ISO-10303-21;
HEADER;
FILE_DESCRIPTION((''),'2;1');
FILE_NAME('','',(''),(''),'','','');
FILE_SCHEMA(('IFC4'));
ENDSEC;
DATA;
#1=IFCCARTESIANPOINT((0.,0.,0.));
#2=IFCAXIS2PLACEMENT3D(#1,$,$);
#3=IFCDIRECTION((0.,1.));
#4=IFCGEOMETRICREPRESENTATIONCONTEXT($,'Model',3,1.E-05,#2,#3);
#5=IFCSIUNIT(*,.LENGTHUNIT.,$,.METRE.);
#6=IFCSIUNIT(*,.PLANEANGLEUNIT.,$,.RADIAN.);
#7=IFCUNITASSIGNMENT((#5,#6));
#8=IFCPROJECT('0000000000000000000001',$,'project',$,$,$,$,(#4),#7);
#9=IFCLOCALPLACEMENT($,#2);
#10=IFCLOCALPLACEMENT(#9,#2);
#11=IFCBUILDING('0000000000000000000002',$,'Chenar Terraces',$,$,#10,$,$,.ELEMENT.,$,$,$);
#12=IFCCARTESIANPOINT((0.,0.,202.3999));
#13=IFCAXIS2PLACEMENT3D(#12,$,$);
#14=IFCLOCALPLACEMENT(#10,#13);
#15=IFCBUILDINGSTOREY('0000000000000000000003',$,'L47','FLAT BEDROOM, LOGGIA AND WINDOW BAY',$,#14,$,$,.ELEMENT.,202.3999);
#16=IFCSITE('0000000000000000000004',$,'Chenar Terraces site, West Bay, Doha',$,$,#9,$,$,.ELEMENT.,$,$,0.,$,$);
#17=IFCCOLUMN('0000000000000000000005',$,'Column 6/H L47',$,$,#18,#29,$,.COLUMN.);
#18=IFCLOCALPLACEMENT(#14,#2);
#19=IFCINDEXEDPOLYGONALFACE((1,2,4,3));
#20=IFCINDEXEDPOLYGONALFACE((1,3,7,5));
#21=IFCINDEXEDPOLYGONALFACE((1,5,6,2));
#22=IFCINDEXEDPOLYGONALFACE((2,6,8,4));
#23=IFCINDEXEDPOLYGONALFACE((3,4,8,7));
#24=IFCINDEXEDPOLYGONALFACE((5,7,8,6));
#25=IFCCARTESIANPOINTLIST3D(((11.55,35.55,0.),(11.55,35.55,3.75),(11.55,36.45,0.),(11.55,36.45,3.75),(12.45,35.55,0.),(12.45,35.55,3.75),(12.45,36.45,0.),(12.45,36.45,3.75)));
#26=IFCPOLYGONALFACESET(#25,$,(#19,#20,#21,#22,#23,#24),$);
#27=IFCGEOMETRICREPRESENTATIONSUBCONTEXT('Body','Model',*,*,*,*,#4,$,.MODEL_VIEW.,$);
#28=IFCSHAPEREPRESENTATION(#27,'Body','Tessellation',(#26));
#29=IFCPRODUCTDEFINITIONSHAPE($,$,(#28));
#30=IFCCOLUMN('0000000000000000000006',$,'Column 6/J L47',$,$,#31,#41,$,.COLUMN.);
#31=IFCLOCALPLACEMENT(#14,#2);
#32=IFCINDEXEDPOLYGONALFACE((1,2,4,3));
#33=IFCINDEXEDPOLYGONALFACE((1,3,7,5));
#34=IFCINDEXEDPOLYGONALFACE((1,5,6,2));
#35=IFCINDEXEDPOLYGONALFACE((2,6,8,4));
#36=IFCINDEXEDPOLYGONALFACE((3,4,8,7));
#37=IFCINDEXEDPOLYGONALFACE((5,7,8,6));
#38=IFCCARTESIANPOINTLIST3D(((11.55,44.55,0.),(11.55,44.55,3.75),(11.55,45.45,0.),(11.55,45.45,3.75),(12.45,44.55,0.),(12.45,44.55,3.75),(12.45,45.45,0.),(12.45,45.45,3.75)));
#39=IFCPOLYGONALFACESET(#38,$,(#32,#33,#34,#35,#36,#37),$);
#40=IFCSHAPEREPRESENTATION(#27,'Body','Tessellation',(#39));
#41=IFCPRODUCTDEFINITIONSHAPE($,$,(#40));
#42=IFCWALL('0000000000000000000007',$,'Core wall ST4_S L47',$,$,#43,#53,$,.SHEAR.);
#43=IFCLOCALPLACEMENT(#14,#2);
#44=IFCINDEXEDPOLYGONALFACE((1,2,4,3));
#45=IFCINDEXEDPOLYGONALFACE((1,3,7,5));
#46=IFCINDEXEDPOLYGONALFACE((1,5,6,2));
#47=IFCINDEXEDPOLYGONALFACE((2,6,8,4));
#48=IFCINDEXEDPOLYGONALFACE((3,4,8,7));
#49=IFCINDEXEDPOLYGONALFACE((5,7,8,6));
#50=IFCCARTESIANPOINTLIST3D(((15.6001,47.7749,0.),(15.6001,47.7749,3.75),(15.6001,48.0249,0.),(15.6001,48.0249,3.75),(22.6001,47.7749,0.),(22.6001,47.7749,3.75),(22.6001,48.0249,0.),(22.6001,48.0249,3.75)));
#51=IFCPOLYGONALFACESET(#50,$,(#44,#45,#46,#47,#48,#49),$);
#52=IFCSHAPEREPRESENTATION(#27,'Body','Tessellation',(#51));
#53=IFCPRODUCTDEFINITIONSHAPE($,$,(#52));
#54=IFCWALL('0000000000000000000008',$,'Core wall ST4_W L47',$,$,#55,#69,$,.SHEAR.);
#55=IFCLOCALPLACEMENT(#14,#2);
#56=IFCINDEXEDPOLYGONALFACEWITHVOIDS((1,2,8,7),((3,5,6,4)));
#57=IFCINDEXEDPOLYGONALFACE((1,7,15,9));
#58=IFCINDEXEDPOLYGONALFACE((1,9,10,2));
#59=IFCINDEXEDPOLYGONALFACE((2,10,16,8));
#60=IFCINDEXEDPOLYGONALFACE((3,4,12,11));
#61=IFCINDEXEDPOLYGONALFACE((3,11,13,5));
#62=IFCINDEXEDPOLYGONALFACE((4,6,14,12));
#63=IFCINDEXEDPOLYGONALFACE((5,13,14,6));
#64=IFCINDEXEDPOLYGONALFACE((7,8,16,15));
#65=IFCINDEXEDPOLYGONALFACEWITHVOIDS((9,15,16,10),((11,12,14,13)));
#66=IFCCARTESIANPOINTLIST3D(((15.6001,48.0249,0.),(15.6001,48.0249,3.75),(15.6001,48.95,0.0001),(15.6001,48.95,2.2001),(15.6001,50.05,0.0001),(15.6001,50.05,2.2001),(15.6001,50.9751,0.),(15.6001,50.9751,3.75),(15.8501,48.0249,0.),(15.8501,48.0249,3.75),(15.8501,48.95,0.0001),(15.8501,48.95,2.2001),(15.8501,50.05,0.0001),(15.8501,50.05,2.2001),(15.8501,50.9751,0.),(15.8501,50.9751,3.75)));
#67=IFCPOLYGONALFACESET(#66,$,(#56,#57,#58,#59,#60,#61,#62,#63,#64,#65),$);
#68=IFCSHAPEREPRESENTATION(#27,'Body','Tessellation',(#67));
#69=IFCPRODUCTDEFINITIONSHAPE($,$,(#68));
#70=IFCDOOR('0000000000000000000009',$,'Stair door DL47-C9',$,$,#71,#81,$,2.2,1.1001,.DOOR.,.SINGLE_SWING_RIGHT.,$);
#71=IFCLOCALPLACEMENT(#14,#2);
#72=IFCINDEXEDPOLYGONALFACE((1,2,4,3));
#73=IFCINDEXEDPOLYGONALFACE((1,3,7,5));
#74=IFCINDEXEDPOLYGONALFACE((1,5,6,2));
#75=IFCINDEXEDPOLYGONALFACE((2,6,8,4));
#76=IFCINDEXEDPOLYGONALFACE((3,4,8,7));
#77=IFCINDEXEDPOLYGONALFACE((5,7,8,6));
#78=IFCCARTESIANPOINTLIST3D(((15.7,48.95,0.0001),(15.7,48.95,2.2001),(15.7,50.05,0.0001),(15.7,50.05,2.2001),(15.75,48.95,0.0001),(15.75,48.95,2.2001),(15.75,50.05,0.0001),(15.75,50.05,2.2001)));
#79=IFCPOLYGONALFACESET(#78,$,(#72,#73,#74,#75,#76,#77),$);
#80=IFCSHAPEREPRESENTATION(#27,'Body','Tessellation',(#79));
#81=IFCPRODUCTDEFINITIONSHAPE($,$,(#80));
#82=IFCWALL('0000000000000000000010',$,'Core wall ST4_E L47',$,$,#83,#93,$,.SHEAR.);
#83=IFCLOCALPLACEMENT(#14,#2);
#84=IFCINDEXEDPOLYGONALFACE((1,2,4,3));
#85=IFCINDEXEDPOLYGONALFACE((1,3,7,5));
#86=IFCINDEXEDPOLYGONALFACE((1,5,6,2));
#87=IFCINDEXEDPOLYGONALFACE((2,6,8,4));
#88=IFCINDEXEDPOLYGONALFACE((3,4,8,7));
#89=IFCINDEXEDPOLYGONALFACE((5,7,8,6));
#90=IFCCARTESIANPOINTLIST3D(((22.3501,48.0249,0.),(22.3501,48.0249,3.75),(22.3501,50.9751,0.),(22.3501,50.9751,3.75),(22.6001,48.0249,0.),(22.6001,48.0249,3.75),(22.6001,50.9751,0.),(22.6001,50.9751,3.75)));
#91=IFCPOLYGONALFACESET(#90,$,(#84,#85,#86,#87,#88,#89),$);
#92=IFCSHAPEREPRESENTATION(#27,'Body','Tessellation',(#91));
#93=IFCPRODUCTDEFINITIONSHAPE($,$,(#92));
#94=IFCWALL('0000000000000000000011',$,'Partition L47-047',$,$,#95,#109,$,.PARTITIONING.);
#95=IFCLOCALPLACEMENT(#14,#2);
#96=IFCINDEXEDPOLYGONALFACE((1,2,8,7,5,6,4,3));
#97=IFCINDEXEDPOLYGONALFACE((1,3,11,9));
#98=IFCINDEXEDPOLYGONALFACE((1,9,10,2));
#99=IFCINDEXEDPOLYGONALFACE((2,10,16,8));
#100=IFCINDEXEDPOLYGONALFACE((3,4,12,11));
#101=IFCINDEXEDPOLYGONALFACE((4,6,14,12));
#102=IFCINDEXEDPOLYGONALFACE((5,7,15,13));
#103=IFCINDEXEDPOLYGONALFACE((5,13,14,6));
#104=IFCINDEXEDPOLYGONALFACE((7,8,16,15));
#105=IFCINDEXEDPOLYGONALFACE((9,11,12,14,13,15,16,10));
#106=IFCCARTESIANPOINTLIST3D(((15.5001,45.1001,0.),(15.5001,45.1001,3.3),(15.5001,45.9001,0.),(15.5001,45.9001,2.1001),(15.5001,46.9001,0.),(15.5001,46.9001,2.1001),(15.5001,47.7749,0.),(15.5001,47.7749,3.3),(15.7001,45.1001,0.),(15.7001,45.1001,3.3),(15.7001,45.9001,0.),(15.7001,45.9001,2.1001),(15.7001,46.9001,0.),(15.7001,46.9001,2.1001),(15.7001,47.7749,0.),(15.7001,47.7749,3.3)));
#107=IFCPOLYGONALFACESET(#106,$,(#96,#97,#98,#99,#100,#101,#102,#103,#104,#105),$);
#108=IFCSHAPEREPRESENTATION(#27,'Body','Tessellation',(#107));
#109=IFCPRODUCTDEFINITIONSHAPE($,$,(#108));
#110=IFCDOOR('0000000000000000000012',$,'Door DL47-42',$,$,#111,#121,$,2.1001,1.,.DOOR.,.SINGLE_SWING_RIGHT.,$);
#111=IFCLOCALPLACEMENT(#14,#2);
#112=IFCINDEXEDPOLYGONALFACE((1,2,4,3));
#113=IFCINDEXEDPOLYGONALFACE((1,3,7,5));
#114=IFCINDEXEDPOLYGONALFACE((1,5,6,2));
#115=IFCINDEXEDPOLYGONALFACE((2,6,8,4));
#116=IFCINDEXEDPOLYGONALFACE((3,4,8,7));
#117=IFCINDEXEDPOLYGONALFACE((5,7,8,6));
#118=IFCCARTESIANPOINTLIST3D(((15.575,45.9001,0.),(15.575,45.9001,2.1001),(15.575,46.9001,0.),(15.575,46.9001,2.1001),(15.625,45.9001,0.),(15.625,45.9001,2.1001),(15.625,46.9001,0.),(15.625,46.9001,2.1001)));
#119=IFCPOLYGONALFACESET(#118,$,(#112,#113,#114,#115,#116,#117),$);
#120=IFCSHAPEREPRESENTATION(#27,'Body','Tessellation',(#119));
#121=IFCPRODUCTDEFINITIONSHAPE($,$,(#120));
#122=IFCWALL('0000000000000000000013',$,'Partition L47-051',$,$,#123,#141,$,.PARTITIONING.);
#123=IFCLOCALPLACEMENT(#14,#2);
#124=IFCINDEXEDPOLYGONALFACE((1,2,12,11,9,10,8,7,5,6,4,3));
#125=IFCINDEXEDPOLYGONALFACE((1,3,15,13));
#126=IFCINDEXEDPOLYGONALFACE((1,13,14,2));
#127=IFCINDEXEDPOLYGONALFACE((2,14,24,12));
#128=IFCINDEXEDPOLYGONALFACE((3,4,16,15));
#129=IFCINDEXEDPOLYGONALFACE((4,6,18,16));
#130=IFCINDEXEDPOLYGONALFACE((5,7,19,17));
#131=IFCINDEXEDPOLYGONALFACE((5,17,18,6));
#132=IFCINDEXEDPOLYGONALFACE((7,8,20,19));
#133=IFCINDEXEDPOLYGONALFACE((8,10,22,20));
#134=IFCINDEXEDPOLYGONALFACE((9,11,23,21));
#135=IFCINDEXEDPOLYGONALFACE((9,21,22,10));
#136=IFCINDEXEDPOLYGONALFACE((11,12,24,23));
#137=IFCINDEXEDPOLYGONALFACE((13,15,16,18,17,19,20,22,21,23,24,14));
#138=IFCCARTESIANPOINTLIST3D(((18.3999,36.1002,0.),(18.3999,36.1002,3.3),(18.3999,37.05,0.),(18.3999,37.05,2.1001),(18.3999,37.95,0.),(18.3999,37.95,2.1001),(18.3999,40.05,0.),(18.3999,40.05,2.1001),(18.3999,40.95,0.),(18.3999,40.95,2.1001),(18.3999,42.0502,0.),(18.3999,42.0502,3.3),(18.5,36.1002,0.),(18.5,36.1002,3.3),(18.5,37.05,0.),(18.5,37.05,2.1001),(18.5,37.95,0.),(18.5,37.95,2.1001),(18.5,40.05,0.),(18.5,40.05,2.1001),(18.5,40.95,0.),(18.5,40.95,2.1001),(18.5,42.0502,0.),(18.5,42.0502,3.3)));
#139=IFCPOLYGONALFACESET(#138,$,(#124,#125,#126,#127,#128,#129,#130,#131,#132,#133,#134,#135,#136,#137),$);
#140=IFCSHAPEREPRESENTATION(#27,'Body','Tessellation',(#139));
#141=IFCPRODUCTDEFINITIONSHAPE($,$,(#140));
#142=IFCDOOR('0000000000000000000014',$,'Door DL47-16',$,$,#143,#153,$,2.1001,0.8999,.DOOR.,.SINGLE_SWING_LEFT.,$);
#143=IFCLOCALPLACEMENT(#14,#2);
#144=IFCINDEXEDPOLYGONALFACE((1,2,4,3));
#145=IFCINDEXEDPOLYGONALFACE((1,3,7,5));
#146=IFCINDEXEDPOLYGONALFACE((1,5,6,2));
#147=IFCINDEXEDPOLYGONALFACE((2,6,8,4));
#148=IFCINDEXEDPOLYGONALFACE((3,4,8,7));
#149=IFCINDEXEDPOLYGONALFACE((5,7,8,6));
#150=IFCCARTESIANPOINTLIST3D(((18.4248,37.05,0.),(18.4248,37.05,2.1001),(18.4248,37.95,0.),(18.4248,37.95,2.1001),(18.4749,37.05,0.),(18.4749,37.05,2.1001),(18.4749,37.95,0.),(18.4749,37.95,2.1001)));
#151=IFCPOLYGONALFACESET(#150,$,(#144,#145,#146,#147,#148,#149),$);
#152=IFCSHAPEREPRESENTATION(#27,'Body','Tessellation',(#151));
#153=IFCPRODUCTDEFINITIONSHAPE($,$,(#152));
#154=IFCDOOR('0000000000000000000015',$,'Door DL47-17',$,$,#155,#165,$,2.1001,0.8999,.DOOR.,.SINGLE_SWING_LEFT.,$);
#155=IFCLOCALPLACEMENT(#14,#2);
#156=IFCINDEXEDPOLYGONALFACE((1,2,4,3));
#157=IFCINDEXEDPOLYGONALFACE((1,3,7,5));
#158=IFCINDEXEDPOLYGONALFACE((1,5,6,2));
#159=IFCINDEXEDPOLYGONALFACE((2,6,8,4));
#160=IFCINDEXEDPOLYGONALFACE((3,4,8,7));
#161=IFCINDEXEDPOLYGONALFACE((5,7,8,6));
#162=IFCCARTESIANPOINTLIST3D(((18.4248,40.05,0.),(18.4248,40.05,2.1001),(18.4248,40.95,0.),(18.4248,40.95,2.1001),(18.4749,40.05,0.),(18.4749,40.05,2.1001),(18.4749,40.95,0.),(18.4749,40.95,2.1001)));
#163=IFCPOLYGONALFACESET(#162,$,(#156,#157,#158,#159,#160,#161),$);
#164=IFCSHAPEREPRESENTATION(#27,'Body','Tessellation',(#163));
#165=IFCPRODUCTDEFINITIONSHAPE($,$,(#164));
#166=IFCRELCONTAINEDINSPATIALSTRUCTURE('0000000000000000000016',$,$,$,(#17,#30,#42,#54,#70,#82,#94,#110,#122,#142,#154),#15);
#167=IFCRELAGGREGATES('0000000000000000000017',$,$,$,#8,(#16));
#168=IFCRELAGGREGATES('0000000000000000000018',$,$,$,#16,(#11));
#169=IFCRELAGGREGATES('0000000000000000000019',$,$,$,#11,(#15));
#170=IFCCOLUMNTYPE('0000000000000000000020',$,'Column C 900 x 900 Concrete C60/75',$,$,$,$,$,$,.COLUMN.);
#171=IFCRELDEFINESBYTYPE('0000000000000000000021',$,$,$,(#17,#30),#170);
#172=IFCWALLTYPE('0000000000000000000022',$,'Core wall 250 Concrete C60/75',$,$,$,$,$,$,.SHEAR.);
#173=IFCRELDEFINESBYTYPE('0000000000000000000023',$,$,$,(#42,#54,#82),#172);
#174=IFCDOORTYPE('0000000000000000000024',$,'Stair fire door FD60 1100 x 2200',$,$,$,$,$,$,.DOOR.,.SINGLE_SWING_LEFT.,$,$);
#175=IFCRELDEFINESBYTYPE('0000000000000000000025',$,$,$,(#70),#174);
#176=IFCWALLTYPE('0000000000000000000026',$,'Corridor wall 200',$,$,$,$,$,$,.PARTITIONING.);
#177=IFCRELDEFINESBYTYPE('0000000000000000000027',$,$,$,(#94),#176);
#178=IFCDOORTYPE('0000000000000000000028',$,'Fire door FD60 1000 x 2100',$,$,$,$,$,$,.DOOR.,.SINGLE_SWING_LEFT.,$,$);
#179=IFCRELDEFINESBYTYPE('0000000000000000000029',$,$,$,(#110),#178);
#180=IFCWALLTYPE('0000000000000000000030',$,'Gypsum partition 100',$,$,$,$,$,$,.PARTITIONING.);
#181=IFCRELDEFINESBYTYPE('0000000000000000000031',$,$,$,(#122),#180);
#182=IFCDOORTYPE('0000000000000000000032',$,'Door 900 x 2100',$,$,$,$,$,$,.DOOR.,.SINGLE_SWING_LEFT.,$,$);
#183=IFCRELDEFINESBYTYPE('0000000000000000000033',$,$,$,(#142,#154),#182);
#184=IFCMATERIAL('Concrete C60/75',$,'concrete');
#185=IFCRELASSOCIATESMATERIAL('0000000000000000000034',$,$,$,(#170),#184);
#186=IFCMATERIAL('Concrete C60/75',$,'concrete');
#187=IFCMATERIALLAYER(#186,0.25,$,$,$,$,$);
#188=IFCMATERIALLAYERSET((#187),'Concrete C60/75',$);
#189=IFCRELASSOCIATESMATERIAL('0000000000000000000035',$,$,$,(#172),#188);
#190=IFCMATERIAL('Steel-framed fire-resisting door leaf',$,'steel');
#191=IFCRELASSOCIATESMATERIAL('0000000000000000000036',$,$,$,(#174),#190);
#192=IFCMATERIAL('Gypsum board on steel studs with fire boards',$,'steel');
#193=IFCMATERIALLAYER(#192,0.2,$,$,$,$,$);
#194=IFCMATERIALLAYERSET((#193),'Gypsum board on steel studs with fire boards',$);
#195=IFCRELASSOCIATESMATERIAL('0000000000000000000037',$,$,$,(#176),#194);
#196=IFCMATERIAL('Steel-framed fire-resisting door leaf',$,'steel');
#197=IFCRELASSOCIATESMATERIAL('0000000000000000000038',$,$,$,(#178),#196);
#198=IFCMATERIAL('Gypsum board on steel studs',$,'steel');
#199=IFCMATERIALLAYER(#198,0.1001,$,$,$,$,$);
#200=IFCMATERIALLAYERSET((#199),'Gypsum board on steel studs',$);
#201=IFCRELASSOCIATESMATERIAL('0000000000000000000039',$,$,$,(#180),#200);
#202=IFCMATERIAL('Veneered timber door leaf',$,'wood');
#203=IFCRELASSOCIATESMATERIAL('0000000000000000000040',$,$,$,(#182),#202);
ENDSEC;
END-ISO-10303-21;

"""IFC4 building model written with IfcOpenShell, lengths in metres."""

from ifc_helpers import new_model, si_unit, direction, frame, frame_2d, origin, origin_2d, place, context, subcontext, project, spatial, rectangle, extrude, material, layer, layer_set, material_profile, profile_set, type_object, element, fill, save


model = new_model("IFC4")

# Units and contexts
model_context = context("Model", 3, precision=1e-05, world=origin(), true_north=direction((0.0, 1.0)))
body_context = subcontext(model_context, "Body", "Model", "MODEL_VIEW")
ifc_project = project(units=[si_unit("LENGTHUNIT", "METRE"), si_unit("PLANEANGLEUNIT", "RADIAN")], contexts=[model_context])

# Site, building, storey
site_placement = place(None, origin())
site = spatial("IfcSite", under=ifc_project, at=site_placement, Name="Chenar Terraces site, West Bay, Doha", CompositionType="ELEMENT", RefElevation=0.0)
building_placement = place(site_placement, origin())
building = spatial("IfcBuilding", under=site, at=building_placement, Name="Chenar Terraces", CompositionType="ELEMENT")
storey_placement = place(building_placement, frame((0.0, 0.0, 202.3999)))
storey = spatial("IfcBuildingStorey", under=building, at=storey_placement, Name="L47", Description="FLAT BEDROOM, LOGGIA AND WINDOW BAY", CompositionType="ELEMENT", Elevation=202.3999)

# Columns
ifc_material_1 = material(Name="Concrete C60/75", Category="concrete")
ifc_material_profile = material_profile(ifc_material_1, rectangle(XDim=0.8999, YDim=0.8999, at=origin_2d()), Name="C 900 x 900")
ifc_profile_set = profile_set([ifc_material_profile], Name="Concrete C60/75")
column_type = type_object("IfcColumnType", Name="Column C 900 x 900 Concrete C60/75", PredefinedType="COLUMN", material=ifc_profile_set)
for number, where, z_axis, x_axis, name in (
    (1, (12.0, 36.0, 0.0), (0.0, 0.0, 1.0), (1.0, 0.0, 0.0), "Column 6/H L47"),
    (2, (12.0, 45.0, 0.0), (0.0, 0.0, 1.0), (1.0, 0.0, 0.0), "Column 6/J L47"),
):
    element("IfcColumn", number, at=place(storey_placement, frame(where, z_axis=z_axis, x_axis=x_axis)), inside=storey, type_object=column_type, Name=name, PredefinedType="COLUMN", context=body_context, shape_type="SweptSolid", body=[
        extrude(rectangle(XDim=0.8999, YDim=0.8999, at=origin_2d()), origin(), (0.0, 0.0, 1.0), 3.75),
    ])

# Wall
ifc_material_2 = material(Name="Concrete C60/75", Category="concrete")
ifc_layer_1 = layer(ifc_material_2, 0.25)
ifc_layer_set_1 = layer_set([ifc_layer_1], Name="Concrete C60/75")
wall_type_1 = type_object("IfcWallType", Name="Core wall 250 Concrete C60/75", PredefinedType="SHEAR", material=ifc_layer_set_1)
wall_1_placement = place(storey_placement, frame((15.6001, 47.8999, 0.0), z_axis=(0.0, 0.0, 1.0), x_axis=(1.0, 0.0, 0.0)))
element("IfcWall", 3, at=wall_1_placement, inside=storey, type_object=wall_type_1, Name="Core wall ST4_S L47", PredefinedType="SHEAR", context=body_context, shape_type="SweptSolid", body=[
    extrude(rectangle(XDim=7.0, YDim=0.25, at=frame_2d((3.5, 0.0))), origin(), (0.0, 0.0, 1.0), 3.75),
])

# Wall, opening, door
wall_2_placement = place(storey_placement, frame((15.7251, 48.0249, 0.0), z_axis=(0.0, 0.0, 1.0), x_axis=(0.0, 1.0, 0.0)))
wall_2 = element("IfcWall", 4, at=wall_2_placement, inside=storey, type_object=wall_type_1, Name="Core wall ST4_W L47", PredefinedType="SHEAR", context=body_context, shape_type="SweptSolid", body=[
    extrude(rectangle(XDim=2.9502, YDim=0.25, at=frame_2d((1.4751, 0.0))), origin(), (0.0, 0.0, 1.0), 3.75),
])
opening_1_placement = place(wall_2_placement, frame((0.925, 0.0, 0.0)))
opening_1 = element("IfcOpeningElement", 5, at=opening_1_placement, cuts=wall_2, PredefinedType="OPENING", context=body_context, shape_type="SweptSolid", body=[
    extrude(rectangle(XDim=1.1001, YDim=2.2, at=frame_2d((0.55, 1.1001))), frame((0.0, 0.135, 0.0), z_axis=(0.0, -1.0, 0.0), x_axis=(1.0, 0.0, 0.0)), (0.0, 0.0, 1.0), 0.27),
])
ifc_material_3 = material(Name="Steel-framed fire-resisting door leaf", Category="steel")
door_type_1 = type_object("IfcDoorType", Name="Stair fire door FD60 1100 x 2200", OperationType="SINGLE_SWING_LEFT", PredefinedType="DOOR", material=ifc_material_3)
door_1_placement = place(opening_1_placement, frame((1.1001, 0.0, 0.0), z_axis=(0.0, 0.0, 1.0), x_axis=(-1.0, 0.0, 0.0)))
door_1 = element("IfcDoor", 6, at=door_1_placement, inside=storey, type_object=door_type_1, Name="Stair door DL47-C9", OperationType="SINGLE_SWING_RIGHT", OverallHeight=2.2, OverallWidth=1.1001, PredefinedType="DOOR", context=body_context, shape_type="SweptSolid", body=[
    extrude(rectangle(XDim=1.1001, YDim=2.2, at=frame_2d((0.55, 1.1001))), frame((0.0, 0.0249, 0.0), z_axis=(0.0, -1.0, 0.0), x_axis=(1.0, 0.0, 0.0)), (0.0, 0.0, 1.0), 0.05),
])
fill(opening_1, door_1)

# Wall
wall_3_placement = place(storey_placement, frame((22.4751, 48.0249, 0.0), z_axis=(0.0, 0.0, 1.0), x_axis=(0.0, 1.0, 0.0)))
element("IfcWall", 7, at=wall_3_placement, inside=storey, type_object=wall_type_1, Name="Core wall ST4_E L47", PredefinedType="SHEAR", context=body_context, shape_type="SweptSolid", body=[
    extrude(rectangle(XDim=2.9502, YDim=0.25, at=frame_2d((1.4751, 0.0))), origin(), (0.0, 0.0, 1.0), 3.75),
])

# Wall, opening, door
ifc_material_4 = material(Name="Gypsum board on steel studs with fire boards", Category="steel")
ifc_layer_2 = layer(ifc_material_4, 0.2)
ifc_layer_set_2 = layer_set([ifc_layer_2], Name="Gypsum board on steel studs with fire boards")
wall_type_2 = type_object("IfcWallType", Name="Corridor wall 200", PredefinedType="PARTITIONING", material=ifc_layer_set_2)
wall_4_placement = place(storey_placement, frame((15.6001, 45.1001, 0.0), z_axis=(0.0, 0.0, 1.0), x_axis=(0.0, 1.0, 0.0)))
wall_4 = element("IfcWall", 8, at=wall_4_placement, inside=storey, type_object=wall_type_2, Name="Partition L47-047", PredefinedType="PARTITIONING", context=body_context, shape_type="SweptSolid", body=[
    extrude(rectangle(XDim=2.6748, YDim=0.2, at=frame_2d((1.3374, 0.0))), origin(), (0.0, 0.0, 1.0), 3.3),
])
opening_2_placement = place(wall_4_placement, frame((0.8, 0.0, 0.0)))
opening_2 = element("IfcOpeningElement", 9, at=opening_2_placement, cuts=wall_4, PredefinedType="OPENING", context=body_context, shape_type="SweptSolid", body=[
    extrude(rectangle(XDim=1.0, YDim=2.1001, at=frame_2d((0.5, 1.05))), frame((0.0, 0.1099, 0.0), z_axis=(0.0, -1.0, 0.0), x_axis=(1.0, 0.0, 0.0)), (0.0, 0.0, 1.0), 0.22),
])
ifc_material_5 = material(Name="Steel-framed fire-resisting door leaf", Category="steel")
door_type_2 = type_object("IfcDoorType", Name="Fire door FD60 1000 x 2100", OperationType="SINGLE_SWING_LEFT", PredefinedType="DOOR", material=ifc_material_5)
door_2_placement = place(opening_2_placement, frame((1.0, 0.0, 0.0), z_axis=(0.0, 0.0, 1.0), x_axis=(-1.0, 0.0, 0.0)))
door_2 = element("IfcDoor", 10, at=door_2_placement, inside=storey, type_object=door_type_2, Name="Door DL47-42", OperationType="SINGLE_SWING_RIGHT", OverallHeight=2.1001, OverallWidth=1.0, PredefinedType="DOOR", context=body_context, shape_type="SweptSolid", body=[
    extrude(rectangle(XDim=1.0, YDim=2.1001, at=frame_2d((0.5, 1.05))), frame((0.0, 0.0249, 0.0), z_axis=(0.0, -1.0, 0.0), x_axis=(1.0, 0.0, 0.0)), (0.0, 0.0, 1.0), 0.05),
])
fill(opening_2, door_2)

# Wall, openings, doors
ifc_material_6 = material(Name="Gypsum board on steel studs", Category="steel")
ifc_layer_3 = layer(ifc_material_6, 0.1001)
ifc_layer_set_3 = layer_set([ifc_layer_3], Name="Gypsum board on steel studs")
wall_type_3 = type_object("IfcWallType", Name="Gypsum partition 100", PredefinedType="PARTITIONING", material=ifc_layer_set_3)
wall_5_placement = place(storey_placement, frame((18.45, 36.1001, 0.0), z_axis=(0.0, 0.0, 1.0), x_axis=(0.0, 1.0, 0.0)))
wall_5 = element("IfcWall", 11, at=wall_5_placement, inside=storey, type_object=wall_type_3, Name="Partition L47-051", PredefinedType="PARTITIONING", context=body_context, shape_type="SweptSolid", body=[
    extrude(rectangle(XDim=5.95, YDim=0.1001, at=frame_2d((2.9751, 0.0))), origin(), (0.0, 0.0, 1.0), 3.3),
])
opening_3_placement = place(wall_5_placement, frame((0.95, 0.0, 0.0)))
opening_3 = element("IfcOpeningElement", 12, at=opening_3_placement, cuts=wall_5, PredefinedType="OPENING", context=body_context, shape_type="SweptSolid", body=[
    extrude(rectangle(XDim=0.8999, YDim=2.1001, at=frame_2d((0.45, 1.05))), frame((0.0, 0.0601, 0.0), z_axis=(0.0, -1.0, 0.0), x_axis=(1.0, 0.0, 0.0)), (0.0, 0.0, 1.0), 0.1201),
])
opening_4_placement = place(wall_5_placement, frame((3.95, 0.0, 0.0)))
opening_4 = element("IfcOpeningElement", 13, at=opening_4_placement, cuts=wall_5, PredefinedType="OPENING", context=body_context, shape_type="SweptSolid", body=[
    extrude(rectangle(XDim=0.8999, YDim=2.1001, at=frame_2d((0.45, 1.05))), frame((0.0, 0.0601, 0.0), z_axis=(0.0, -1.0, 0.0), x_axis=(1.0, 0.0, 0.0)), (0.0, 0.0, 1.0), 0.1201),
])
ifc_material_7 = material(Name="Veneered timber door leaf", Category="wood")
door_type_3 = type_object("IfcDoorType", Name="Door 900 x 2100", OperationType="SINGLE_SWING_LEFT", PredefinedType="DOOR", material=ifc_material_7)
door_3_placement = place(opening_3_placement, frame((0.8999, 0.0, 0.0), z_axis=(0.0, 0.0, 1.0), x_axis=(-1.0, 0.0, 0.0)))
door_3 = element("IfcDoor", 14, at=door_3_placement, inside=storey, type_object=door_type_3, Name="Door DL47-16", OperationType="SINGLE_SWING_LEFT", OverallHeight=2.1001, OverallWidth=0.8999, PredefinedType="DOOR", context=body_context, shape_type="SweptSolid", body=[
    extrude(rectangle(XDim=0.8999, YDim=2.1001, at=frame_2d((0.45, 1.05))), frame((0.0, 0.0249, 0.0), z_axis=(0.0, -1.0, 0.0), x_axis=(1.0, 0.0, 0.0)), (0.0, 0.0, 1.0), 0.05),
])
fill(opening_3, door_3)
door_4_placement = place(opening_4_placement, frame((0.8999, 0.0, 0.0), z_axis=(0.0, 0.0, 1.0), x_axis=(-1.0, 0.0, 0.0)))
door_4 = element("IfcDoor", 15, at=door_4_placement, inside=storey, type_object=door_type_3, Name="Door DL47-17", OperationType="SINGLE_SWING_LEFT", OverallHeight=2.1001, OverallWidth=0.8999, PredefinedType="DOOR", context=body_context, shape_type="SweptSolid", body=[
    extrude(rectangle(XDim=0.8999, YDim=2.1001, at=frame_2d((0.45, 1.05))), frame((0.0, 0.0249, 0.0), z_axis=(0.0, -1.0, 0.0), x_axis=(1.0, 0.0, 0.0)), (0.0, 0.0, 1.0), 0.05),
])
fill(opening_4, door_4)

save(model, "model.ifc")
